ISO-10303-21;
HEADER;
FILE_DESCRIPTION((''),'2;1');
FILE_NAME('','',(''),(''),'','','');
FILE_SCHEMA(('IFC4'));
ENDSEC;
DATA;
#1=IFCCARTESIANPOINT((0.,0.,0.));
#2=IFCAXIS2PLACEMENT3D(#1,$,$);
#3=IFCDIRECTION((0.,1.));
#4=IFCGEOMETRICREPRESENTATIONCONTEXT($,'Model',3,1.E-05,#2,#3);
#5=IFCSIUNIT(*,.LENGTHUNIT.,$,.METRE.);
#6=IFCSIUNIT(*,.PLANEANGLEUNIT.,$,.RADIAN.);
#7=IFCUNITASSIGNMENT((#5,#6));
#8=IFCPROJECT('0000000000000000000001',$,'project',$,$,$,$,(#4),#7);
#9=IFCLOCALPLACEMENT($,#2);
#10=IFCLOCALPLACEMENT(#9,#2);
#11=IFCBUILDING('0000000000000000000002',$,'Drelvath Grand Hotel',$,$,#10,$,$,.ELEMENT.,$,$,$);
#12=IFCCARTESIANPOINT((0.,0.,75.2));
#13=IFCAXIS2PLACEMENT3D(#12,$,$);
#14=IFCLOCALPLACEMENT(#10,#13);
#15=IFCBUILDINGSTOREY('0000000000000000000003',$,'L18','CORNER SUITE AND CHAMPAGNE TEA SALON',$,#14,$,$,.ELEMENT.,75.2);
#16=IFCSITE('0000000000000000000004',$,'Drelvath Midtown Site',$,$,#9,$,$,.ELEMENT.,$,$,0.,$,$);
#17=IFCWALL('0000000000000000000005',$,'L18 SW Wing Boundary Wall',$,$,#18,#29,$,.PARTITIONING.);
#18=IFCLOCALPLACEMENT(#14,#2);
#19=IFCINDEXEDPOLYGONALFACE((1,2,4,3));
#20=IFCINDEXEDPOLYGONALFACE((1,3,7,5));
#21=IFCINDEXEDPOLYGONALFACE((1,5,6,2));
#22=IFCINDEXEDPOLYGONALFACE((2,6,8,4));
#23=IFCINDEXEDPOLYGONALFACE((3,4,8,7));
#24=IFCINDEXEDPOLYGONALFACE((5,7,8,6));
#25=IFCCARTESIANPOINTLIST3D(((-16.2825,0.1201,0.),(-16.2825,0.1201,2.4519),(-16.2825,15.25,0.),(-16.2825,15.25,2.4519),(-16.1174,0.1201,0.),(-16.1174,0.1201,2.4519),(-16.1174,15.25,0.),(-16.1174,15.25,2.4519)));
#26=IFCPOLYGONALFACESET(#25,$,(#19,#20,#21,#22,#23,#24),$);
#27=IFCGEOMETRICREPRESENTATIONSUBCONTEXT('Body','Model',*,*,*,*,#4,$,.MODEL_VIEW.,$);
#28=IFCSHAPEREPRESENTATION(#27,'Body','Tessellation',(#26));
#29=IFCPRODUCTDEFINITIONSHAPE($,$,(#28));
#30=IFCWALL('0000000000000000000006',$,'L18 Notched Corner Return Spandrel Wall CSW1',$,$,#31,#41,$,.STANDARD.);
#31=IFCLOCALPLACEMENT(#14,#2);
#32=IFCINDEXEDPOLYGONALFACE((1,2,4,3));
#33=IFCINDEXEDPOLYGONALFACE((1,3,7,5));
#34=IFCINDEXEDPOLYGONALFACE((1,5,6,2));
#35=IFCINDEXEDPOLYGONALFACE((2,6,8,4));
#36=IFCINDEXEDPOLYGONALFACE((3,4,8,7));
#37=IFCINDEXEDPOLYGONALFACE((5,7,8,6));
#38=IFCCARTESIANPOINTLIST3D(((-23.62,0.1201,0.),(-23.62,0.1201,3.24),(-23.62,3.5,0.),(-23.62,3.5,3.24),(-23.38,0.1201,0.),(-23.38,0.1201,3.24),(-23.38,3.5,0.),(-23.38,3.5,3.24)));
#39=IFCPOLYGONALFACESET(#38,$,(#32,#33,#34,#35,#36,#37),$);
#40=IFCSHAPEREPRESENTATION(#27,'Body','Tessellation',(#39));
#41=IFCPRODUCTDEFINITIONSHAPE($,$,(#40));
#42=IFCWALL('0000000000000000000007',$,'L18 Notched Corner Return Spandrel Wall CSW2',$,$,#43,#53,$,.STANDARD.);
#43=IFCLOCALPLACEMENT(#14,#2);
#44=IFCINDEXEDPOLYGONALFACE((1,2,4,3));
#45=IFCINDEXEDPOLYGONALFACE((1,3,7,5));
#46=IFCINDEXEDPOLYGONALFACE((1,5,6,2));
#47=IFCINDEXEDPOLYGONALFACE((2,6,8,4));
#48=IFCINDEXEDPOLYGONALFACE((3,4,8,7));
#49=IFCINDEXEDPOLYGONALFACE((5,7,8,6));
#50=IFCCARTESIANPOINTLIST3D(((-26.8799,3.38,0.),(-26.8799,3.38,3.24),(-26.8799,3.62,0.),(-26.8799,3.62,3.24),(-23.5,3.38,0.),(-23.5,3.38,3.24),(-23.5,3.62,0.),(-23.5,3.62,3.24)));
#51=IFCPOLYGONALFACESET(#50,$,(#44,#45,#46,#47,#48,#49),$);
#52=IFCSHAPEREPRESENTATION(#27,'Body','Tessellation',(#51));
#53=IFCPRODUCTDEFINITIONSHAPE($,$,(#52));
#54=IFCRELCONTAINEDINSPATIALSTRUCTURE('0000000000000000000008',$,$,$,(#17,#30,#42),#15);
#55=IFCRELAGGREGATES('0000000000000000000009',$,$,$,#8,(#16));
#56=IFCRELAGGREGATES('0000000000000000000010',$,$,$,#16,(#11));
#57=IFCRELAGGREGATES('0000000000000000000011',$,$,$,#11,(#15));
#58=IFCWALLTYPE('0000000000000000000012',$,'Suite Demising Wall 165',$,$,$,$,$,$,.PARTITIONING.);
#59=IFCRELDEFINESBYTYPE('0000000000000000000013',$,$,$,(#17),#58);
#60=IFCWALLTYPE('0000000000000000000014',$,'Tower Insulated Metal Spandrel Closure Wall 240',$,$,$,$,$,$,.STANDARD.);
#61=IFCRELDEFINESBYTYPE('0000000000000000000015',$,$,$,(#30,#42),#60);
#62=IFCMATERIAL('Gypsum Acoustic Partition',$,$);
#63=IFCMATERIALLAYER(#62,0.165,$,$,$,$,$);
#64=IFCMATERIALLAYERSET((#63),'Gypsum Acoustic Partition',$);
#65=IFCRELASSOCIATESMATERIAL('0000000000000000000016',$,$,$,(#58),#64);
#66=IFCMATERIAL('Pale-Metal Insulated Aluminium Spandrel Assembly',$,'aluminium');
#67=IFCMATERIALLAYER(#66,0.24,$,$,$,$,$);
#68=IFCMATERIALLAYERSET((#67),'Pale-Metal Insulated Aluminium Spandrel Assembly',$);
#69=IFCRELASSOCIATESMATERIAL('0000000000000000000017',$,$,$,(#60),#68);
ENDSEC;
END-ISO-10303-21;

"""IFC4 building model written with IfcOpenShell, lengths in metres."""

from ifc_helpers import new_model, si_unit, direction, frame, frame_2d, origin, place, context, subcontext, project, spatial, rectangle, extrude, material, layer, layer_set, type_object, element, save


model = new_model("IFC4")

# Units and contexts
model_context = context("Model", 3, precision=1e-05, world=origin(), true_north=direction((0.0, 1.0)))
body_context = subcontext(model_context, "Body", "Model", "MODEL_VIEW")
ifc_project = project(units=[si_unit("LENGTHUNIT", "METRE"), si_unit("PLANEANGLEUNIT", "RADIAN")], contexts=[model_context])

# Site, building, storey
site_placement = place(None, origin())
site = spatial("IfcSite", under=ifc_project, at=site_placement, Name="Drelvath Midtown Site", CompositionType="ELEMENT", RefElevation=0.0)
building_placement = place(site_placement, origin())
building = spatial("IfcBuilding", under=site, at=building_placement, Name="Drelvath Grand Hotel", CompositionType="ELEMENT")
storey_placement = place(building_placement, frame((0.0, 0.0, 75.2)))
storey = spatial("IfcBuildingStorey", under=building, at=storey_placement, Name="L18", Description="CORNER SUITE AND CHAMPAGNE TEA SALON", CompositionType="ELEMENT", Elevation=75.2)

# Walls
ifc_material_1 = material(Name="Gypsum Acoustic Partition")
ifc_layer_1 = layer(ifc_material_1, 0.165)
ifc_layer_set_1 = layer_set([ifc_layer_1], Name="Gypsum Acoustic Partition")
wall_type_1 = type_object("IfcWallType", Name="Suite Demising Wall 165", PredefinedType="PARTITIONING", material=ifc_layer_set_1)
wall_placement = place(storey_placement, frame((-16.2, 0.1201, 0.0), z_axis=(0.0, 0.0, 1.0), x_axis=(0.0, 1.0, 0.0)))
element("IfcWall", 1, at=wall_placement, inside=storey, type_object=wall_type_1, Name="L18 SW Wing Boundary Wall", PredefinedType="PARTITIONING", context=body_context, shape_type="SweptSolid", body=[
    extrude(rectangle(XDim=15.1299, YDim=0.165, at=frame_2d((7.5649, 0.0))), origin(), (0.0, 0.0, 1.0), 2.4519),
])
ifc_material_2 = material(Name="Pale-Metal Insulated Aluminium Spandrel Assembly", Category="aluminium")
ifc_layer_2 = layer(ifc_material_2, 0.24)
ifc_layer_set_2 = layer_set([ifc_layer_2], Name="Pale-Metal Insulated Aluminium Spandrel Assembly")
wall_type_2 = type_object("IfcWallType", Name="Tower Insulated Metal Spandrel Closure Wall 240", PredefinedType="STANDARD", material=ifc_layer_set_2)
for number, where, z_axis, x_axis, name in (
    (2, (-23.5, 0.1201, 0.0), (0.0, 0.0, 1.0), (0.0, 1.0, 0.0), "L18 Notched Corner Return Spandrel Wall CSW1"),
    (3, (-23.5, 3.5, 0.0), (0.0, 0.0, 1.0), (-1.0, 0.0, 0.0), "L18 Notched Corner Return Spandrel Wall CSW2"),
):
    element("IfcWall", number, at=place(storey_placement, frame(where, z_axis=z_axis, x_axis=x_axis)), inside=storey, type_object=wall_type_2, Name=name, PredefinedType="STANDARD", context=body_context, shape_type="SweptSolid", body=[
        extrude(rectangle(XDim=3.3799, YDim=0.24, at=frame_2d((1.6899, 0.0))), origin(), (0.0, 0.0, 1.0), 3.24),
    ])

save(model, "model.ifc")
